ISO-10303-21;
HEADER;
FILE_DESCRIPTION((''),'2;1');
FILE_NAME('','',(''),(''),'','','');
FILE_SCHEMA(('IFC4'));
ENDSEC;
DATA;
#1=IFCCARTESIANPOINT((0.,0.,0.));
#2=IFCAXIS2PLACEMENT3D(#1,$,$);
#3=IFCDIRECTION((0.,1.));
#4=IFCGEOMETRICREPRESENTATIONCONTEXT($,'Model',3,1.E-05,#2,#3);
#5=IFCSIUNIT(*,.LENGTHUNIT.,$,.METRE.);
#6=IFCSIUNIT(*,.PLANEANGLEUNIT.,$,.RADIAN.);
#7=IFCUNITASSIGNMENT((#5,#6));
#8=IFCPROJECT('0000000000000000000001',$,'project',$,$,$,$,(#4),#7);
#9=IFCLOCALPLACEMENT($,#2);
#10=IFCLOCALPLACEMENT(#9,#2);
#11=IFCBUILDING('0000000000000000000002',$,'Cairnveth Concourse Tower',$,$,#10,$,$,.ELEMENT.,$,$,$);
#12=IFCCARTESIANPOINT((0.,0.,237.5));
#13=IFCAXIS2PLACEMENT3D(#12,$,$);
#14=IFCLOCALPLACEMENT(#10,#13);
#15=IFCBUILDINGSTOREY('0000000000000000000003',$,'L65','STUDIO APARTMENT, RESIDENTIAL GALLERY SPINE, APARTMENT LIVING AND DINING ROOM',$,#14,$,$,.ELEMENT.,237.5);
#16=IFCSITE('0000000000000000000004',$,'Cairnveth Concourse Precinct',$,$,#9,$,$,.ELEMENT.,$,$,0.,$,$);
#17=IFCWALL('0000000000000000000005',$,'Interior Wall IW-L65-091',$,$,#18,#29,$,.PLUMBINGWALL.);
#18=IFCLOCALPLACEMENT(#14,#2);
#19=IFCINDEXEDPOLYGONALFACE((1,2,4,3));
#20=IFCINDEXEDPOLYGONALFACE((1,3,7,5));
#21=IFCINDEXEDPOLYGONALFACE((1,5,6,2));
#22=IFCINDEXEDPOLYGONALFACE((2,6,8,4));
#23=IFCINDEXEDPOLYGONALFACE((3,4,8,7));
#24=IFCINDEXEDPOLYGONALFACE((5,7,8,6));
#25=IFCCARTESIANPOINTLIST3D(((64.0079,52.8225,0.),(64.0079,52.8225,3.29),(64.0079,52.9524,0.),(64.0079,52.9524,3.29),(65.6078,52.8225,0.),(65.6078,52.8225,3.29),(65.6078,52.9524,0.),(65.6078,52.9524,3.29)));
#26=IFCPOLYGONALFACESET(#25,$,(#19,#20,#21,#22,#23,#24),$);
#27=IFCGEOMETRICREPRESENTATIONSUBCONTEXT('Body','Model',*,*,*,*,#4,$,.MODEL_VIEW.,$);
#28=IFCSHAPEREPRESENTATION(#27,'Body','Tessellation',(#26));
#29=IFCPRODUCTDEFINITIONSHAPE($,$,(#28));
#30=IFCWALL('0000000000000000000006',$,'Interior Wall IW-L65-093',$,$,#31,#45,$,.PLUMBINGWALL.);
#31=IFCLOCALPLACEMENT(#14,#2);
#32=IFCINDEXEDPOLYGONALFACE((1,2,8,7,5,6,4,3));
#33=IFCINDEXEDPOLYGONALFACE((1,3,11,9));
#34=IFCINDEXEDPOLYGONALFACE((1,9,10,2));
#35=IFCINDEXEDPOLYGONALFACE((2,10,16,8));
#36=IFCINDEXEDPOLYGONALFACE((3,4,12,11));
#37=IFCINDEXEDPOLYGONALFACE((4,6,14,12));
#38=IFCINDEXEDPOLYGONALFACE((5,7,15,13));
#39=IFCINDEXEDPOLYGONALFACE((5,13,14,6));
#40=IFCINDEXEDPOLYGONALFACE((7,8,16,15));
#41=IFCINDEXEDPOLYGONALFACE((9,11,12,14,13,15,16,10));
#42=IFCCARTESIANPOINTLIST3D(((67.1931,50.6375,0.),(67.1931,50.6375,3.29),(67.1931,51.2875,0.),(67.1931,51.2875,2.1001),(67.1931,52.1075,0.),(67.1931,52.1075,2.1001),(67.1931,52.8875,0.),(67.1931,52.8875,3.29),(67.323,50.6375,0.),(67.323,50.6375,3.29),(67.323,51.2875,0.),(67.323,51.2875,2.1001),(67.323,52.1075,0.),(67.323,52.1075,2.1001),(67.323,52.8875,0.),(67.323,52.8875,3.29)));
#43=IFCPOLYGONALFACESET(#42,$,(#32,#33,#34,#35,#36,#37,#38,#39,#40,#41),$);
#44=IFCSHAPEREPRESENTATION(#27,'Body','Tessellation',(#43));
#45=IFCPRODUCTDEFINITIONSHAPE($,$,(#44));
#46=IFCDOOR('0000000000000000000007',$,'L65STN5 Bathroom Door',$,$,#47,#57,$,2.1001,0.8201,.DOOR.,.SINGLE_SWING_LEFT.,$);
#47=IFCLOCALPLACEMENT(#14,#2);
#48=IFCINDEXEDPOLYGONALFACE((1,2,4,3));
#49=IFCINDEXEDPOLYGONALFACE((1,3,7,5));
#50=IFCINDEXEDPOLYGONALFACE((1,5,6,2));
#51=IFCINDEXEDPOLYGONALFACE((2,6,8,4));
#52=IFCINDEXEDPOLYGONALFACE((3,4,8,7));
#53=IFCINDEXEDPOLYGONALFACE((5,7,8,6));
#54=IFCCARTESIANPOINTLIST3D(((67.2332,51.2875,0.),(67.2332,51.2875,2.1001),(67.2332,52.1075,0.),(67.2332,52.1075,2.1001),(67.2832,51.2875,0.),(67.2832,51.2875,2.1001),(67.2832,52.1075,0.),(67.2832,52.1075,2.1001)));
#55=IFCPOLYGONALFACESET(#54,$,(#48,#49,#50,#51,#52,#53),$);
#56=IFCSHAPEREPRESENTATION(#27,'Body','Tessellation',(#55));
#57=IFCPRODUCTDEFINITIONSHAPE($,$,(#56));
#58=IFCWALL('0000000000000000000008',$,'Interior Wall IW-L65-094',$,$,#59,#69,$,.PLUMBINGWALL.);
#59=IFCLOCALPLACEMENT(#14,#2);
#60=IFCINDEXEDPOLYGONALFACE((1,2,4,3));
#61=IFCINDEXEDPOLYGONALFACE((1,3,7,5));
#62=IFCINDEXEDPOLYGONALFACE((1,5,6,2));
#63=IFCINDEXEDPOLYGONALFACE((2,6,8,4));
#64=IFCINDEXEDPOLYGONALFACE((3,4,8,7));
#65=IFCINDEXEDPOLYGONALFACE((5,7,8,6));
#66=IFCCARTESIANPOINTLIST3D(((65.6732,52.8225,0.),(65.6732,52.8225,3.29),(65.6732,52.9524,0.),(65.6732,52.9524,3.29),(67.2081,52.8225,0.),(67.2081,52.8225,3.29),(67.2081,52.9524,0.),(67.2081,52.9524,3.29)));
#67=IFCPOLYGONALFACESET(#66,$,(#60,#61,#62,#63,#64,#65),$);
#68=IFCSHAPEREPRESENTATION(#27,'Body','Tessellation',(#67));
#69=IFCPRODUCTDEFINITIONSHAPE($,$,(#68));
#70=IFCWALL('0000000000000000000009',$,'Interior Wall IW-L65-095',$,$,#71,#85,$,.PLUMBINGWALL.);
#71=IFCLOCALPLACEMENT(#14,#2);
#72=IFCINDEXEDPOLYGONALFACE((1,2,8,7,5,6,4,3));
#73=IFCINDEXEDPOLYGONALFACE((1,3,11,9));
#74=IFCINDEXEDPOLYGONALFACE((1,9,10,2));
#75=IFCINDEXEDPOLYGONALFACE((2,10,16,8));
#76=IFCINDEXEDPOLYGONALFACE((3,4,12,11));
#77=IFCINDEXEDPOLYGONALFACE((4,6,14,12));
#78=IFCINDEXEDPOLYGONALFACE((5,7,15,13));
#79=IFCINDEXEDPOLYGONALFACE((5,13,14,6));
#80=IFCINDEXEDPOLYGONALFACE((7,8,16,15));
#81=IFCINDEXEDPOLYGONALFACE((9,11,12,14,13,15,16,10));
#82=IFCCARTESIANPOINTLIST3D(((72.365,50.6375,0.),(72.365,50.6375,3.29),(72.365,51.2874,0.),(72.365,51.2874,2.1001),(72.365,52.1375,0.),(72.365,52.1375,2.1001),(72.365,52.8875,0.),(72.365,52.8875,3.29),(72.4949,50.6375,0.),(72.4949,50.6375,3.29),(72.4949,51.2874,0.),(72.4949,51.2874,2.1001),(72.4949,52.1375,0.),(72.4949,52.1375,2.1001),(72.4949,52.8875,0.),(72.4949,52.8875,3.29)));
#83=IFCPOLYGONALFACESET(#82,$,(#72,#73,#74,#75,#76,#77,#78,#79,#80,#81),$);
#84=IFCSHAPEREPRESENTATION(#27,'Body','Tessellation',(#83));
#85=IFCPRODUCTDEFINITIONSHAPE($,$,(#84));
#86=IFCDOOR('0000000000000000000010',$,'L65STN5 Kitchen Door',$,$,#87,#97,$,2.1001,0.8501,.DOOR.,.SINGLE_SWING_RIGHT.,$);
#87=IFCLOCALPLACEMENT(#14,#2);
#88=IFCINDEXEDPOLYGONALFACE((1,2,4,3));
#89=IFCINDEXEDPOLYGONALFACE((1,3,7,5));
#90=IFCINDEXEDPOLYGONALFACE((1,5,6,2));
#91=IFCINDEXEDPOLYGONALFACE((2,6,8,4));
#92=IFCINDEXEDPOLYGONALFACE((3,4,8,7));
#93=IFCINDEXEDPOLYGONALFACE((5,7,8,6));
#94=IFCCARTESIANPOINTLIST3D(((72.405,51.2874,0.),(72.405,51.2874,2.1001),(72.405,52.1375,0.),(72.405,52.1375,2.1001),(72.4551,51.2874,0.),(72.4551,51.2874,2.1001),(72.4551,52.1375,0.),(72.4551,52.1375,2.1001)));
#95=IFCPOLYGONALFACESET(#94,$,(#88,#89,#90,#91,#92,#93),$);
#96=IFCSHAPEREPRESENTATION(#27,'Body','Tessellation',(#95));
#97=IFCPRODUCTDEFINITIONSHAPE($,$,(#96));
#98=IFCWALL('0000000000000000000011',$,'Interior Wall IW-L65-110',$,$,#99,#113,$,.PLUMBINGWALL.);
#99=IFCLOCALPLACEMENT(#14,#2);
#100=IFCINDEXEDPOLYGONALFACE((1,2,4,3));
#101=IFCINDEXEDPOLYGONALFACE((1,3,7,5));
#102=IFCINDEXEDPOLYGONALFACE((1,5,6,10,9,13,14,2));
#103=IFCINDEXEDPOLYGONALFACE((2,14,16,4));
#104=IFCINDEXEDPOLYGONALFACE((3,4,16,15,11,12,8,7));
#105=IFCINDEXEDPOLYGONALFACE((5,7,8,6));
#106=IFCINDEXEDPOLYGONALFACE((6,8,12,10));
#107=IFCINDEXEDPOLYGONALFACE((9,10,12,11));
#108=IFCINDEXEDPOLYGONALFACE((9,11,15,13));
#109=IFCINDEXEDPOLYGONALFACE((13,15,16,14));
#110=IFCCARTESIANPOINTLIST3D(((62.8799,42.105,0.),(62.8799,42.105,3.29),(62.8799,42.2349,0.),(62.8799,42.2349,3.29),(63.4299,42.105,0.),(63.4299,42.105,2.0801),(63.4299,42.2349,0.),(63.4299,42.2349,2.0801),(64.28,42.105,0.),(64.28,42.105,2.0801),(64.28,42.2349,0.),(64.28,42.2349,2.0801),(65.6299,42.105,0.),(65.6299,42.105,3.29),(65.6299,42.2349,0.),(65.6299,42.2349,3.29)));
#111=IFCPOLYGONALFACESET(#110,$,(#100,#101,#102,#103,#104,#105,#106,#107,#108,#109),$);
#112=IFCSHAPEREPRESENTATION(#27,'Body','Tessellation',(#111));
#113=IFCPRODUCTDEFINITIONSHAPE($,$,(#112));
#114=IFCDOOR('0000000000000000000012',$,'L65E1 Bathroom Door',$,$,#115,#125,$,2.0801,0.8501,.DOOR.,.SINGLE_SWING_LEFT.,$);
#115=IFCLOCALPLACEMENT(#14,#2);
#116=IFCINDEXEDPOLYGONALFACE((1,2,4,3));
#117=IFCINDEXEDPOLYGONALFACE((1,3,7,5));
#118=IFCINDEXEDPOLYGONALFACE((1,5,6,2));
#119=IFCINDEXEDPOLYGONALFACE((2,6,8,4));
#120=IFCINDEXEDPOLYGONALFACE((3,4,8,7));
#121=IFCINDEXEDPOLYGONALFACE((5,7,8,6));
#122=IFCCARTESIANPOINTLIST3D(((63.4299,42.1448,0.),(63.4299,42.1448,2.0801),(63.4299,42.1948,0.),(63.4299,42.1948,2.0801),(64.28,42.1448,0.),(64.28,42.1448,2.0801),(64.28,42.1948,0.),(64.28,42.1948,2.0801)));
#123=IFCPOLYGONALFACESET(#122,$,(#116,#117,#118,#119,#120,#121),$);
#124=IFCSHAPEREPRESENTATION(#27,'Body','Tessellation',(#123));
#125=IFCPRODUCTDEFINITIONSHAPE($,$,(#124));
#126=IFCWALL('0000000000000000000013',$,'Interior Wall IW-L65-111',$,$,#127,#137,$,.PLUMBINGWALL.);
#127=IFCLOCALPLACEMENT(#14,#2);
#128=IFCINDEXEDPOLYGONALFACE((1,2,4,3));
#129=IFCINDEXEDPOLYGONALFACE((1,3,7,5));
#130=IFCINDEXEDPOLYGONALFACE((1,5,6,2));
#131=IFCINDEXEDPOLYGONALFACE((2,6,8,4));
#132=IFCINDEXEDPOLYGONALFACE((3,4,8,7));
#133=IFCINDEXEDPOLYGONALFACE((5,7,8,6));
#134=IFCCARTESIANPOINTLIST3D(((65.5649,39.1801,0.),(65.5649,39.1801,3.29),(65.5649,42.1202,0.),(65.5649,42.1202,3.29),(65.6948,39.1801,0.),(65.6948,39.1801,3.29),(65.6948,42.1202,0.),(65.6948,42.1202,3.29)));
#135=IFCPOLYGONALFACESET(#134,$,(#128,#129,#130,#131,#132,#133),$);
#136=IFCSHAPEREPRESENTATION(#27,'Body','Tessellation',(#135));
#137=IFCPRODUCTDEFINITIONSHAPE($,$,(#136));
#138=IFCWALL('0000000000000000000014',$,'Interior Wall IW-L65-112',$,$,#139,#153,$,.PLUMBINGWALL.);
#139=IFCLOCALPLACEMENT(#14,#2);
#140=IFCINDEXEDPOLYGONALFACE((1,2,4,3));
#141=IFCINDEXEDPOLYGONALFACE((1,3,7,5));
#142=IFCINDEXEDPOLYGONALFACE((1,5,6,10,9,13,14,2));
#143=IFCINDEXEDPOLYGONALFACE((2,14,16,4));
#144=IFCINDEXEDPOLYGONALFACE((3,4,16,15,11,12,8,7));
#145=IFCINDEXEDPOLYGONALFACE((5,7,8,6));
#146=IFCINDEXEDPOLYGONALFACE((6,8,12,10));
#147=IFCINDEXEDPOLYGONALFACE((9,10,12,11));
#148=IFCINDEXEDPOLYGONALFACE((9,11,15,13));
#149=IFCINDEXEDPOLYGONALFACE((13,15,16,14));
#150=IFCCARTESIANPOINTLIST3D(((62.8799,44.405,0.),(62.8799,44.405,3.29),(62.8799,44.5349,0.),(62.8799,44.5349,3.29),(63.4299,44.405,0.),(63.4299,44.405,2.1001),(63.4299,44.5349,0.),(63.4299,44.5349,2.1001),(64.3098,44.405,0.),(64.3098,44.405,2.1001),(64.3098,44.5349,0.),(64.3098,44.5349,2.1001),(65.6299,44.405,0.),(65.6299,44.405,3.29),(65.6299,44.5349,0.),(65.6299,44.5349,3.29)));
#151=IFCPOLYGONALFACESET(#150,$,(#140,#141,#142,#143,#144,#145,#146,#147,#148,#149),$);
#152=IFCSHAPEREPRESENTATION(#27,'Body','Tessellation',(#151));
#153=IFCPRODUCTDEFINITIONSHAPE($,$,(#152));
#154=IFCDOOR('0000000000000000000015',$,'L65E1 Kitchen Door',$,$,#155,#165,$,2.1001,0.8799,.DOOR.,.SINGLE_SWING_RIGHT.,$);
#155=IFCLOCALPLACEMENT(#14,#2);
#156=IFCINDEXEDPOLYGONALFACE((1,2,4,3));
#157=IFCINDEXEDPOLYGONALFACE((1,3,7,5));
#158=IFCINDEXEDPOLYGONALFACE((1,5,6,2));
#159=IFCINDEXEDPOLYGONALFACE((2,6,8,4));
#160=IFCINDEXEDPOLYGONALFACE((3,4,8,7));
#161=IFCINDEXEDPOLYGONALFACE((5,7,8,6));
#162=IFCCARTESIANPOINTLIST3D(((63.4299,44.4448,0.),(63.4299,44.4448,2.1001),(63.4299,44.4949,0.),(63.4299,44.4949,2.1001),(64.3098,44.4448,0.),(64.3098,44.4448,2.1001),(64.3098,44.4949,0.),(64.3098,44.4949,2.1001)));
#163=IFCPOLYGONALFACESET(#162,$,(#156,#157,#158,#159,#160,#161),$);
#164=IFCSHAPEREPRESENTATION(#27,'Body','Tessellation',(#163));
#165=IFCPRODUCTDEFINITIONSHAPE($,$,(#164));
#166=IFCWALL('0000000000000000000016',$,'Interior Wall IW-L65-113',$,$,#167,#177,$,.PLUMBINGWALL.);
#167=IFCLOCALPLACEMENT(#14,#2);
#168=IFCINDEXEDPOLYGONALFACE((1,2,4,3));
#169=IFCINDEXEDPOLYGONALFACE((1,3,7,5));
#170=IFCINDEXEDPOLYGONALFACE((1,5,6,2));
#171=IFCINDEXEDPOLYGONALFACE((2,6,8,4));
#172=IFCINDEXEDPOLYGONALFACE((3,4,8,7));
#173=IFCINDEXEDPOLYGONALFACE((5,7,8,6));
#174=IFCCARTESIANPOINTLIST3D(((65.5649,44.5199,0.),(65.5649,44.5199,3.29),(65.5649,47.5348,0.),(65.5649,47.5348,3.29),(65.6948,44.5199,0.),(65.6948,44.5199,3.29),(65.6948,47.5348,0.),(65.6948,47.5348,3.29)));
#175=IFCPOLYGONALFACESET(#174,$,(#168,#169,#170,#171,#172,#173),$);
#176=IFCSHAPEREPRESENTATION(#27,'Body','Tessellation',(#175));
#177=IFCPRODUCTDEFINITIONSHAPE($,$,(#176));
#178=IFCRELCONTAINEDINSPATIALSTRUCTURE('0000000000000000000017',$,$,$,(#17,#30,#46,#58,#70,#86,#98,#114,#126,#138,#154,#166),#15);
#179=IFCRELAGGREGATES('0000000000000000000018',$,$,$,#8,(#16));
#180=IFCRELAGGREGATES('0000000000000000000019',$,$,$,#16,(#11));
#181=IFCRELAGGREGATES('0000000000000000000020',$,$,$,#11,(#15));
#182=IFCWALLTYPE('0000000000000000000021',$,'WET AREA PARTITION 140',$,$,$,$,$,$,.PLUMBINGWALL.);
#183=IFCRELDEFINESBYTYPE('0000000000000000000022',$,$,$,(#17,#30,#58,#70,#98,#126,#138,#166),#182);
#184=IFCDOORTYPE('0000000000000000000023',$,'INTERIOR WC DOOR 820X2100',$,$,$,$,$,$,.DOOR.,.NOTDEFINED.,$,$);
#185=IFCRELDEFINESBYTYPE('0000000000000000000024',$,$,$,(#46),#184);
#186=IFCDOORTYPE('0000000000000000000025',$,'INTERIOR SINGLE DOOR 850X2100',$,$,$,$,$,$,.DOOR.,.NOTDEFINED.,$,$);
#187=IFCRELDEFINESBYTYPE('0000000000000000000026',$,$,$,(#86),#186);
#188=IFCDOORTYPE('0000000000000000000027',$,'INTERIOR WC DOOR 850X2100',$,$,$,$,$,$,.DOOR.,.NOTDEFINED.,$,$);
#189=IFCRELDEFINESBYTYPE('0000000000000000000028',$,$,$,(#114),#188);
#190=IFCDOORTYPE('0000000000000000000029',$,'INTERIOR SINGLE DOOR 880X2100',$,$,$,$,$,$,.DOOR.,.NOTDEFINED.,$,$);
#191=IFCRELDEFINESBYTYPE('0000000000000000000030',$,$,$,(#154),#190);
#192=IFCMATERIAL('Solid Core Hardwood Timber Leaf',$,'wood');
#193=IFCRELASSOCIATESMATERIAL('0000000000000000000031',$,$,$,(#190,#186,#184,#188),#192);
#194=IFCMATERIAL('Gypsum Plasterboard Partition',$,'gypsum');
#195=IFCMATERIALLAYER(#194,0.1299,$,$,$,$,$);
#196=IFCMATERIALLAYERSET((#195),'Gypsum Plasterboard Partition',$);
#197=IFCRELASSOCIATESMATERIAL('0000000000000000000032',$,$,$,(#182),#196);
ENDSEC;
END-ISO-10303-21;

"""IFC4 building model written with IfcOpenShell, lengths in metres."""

from ifc_helpers import new_model, si_unit, direction, frame, frame_2d, origin, place, context, subcontext, project, spatial, rectangle, extrude, material, layer, layer_set, type_object, element, fill, save


model = new_model("IFC4")

# Units and contexts
model_context = context("Model", 3, precision=1e-05, world=origin(), true_north=direction((0.0, 1.0)))
body_context = subcontext(model_context, "Body", "Model", "MODEL_VIEW")
ifc_project = project(units=[si_unit("LENGTHUNIT", "METRE"), si_unit("PLANEANGLEUNIT", "RADIAN")], contexts=[model_context])

# Site, building, storey
site_placement = place(None, origin())
site = spatial("IfcSite", under=ifc_project, at=site_placement, Name="Cairnveth Concourse Precinct", CompositionType="ELEMENT", RefElevation=0.0)
building_placement = place(site_placement, origin())
building = spatial("IfcBuilding", under=site, at=building_placement, Name="Cairnveth Concourse Tower", CompositionType="ELEMENT")
storey_placement = place(building_placement, frame((0.0, 0.0, 237.5)))
storey = spatial("IfcBuildingStorey", under=building, at=storey_placement, Name="L65", Description="STUDIO APARTMENT, RESIDENTIAL GALLERY SPINE, APARTMENT LIVING AND DINING ROOM", CompositionType="ELEMENT", Elevation=237.5)

# Shared definitions
ifc_material_1 = material(Name="Gypsum Plasterboard Partition", Category="gypsum")

# Shared definitions
ifc_material_2 = material(Name="Solid Core Hardwood Timber Leaf", Category="wood")
door_type_1 = type_object("IfcDoorType", Name="INTERIOR SINGLE DOOR 880X2100", OperationType="NOTDEFINED", PredefinedType="DOOR", material=ifc_material_2)
ifc_layer_1 = layer(ifc_material_1, 0.1299)
ifc_layer_set_1 = layer_set([ifc_layer_1], Name="Gypsum Plasterboard Partition")
wall_type_1 = type_object("IfcWallType", Name="WET AREA PARTITION 140", PredefinedType="PLUMBINGWALL", material=ifc_layer_set_1)
door_type_2 = type_object("IfcDoorType", Name="INTERIOR SINGLE DOOR 850X2100", OperationType="NOTDEFINED", PredefinedType="DOOR", material=ifc_material_2)

# Wall
wall_1_placement = place(storey_placement, frame((64.0081, 52.8875, 0.0), z_axis=(0.0, 0.0, 1.0), x_axis=(1.0, 0.0, 0.0)))
element("IfcWall", 1, at=wall_1_placement, inside=storey, type_object=wall_type_1, Name="Interior Wall IW-L65-091", PredefinedType="PLUMBINGWALL", context=body_context, shape_type="SweptSolid", body=[
    extrude(rectangle(XDim=1.5999, YDim=0.1299, at=frame_2d((0.7998, 0.0))), origin(), (0.0, 0.0, 1.0), 3.29),
])

# Wall, opening, door
wall_2_placement = place(storey_placement, frame((67.2581, 50.6375, 0.0), z_axis=(0.0, 0.0, 1.0), x_axis=(0.0, 1.0, 0.0)))
wall_2 = element("IfcWall", 2, at=wall_2_placement, inside=storey, type_object=wall_type_1, Name="Interior Wall IW-L65-093", PredefinedType="PLUMBINGWALL", context=body_context, shape_type="SweptSolid", body=[
    extrude(rectangle(XDim=2.25, YDim=0.1299, at=frame_2d((1.125, 0.0))), origin(), (0.0, 0.0, 1.0), 3.29),
])
opening_1_placement = place(wall_2_placement, frame((0.6499, 0.0, 0.0)))
opening_1 = element("IfcOpeningElement", 3, at=opening_1_placement, cuts=wall_2, PredefinedType="OPENING", context=body_context, shape_type="SweptSolid", body=[
    extrude(rectangle(XDim=0.8201, YDim=2.1001, at=frame_2d((0.4102, 1.05))), frame((0.0, 0.075, 0.0), z_axis=(0.0, -1.0, 0.0), x_axis=(1.0, 0.0, 0.0)), (0.0, 0.0, 1.0), 0.1499),
])
door_type_3 = type_object("IfcDoorType", Name="INTERIOR WC DOOR 820X2100", OperationType="NOTDEFINED", PredefinedType="DOOR", material=ifc_material_2)
door_1_placement = place(opening_1_placement, origin())
door_1 = element("IfcDoor", 4, at=door_1_placement, inside=storey, type_object=door_type_3, Name="L65STN5 Bathroom Door", OperationType="SINGLE_SWING_LEFT", OverallHeight=2.1001, OverallWidth=0.8201, PredefinedType="DOOR", context=body_context, shape_type="SweptSolid", body=[
    extrude(rectangle(XDim=0.8201, YDim=2.1001, at=frame_2d((0.4102, 1.05))), frame((0.0, 0.0249, 0.0), z_axis=(0.0, -1.0, 0.0), x_axis=(1.0, 0.0, 0.0)), (0.0, 0.0, 1.0), 0.05),
])
fill(opening_1, door_1)

# Wall
wall_3_placement = place(storey_placement, frame((65.6731, 52.8875, 0.0), z_axis=(0.0, 0.0, 1.0), x_axis=(1.0, 0.0, 0.0)))
element("IfcWall", 5, at=wall_3_placement, inside=storey, type_object=wall_type_1, Name="Interior Wall IW-L65-094", PredefinedType="PLUMBINGWALL", context=body_context, shape_type="SweptSolid", body=[
    extrude(rectangle(XDim=1.5349, YDim=0.1299, at=frame_2d((0.7676, 0.0))), origin(), (0.0, 0.0, 1.0), 3.29),
])

# Walls, openings, doors
wall_4_placement = place(storey_placement, frame((72.4299, 50.6375, 0.0), z_axis=(0.0, 0.0, 1.0), x_axis=(0.0, 1.0, 0.0)))
wall_4 = element("IfcWall", 6, at=wall_4_placement, inside=storey, type_object=wall_type_1, Name="Interior Wall IW-L65-095", PredefinedType="PLUMBINGWALL", context=body_context, shape_type="SweptSolid", body=[
    extrude(rectangle(XDim=2.25, YDim=0.1299, at=frame_2d((1.125, 0.0))), origin(), (0.0, 0.0, 1.0), 3.29),
])
opening_2_placement = place(wall_4_placement, frame((0.6499, 0.0, 0.0)))
opening_2 = element("IfcOpeningElement", 7, at=opening_2_placement, cuts=wall_4, PredefinedType="OPENING", context=body_context, shape_type="SweptSolid", body=[
    extrude(rectangle(XDim=0.8501, YDim=2.1001, at=frame_2d((0.425, 1.05))), frame((0.0, 0.075, 0.0), z_axis=(0.0, -1.0, 0.0), x_axis=(1.0, 0.0, 0.0)), (0.0, 0.0, 1.0), 0.1499),
])
door_2_placement = place(opening_2_placement, origin())
door_2 = element("IfcDoor", 8, at=door_2_placement, inside=storey, type_object=door_type_2, Name="L65STN5 Kitchen Door", OperationType="SINGLE_SWING_RIGHT", OverallHeight=2.1001, OverallWidth=0.8501, PredefinedType="DOOR", context=body_context, shape_type="SweptSolid", body=[
    extrude(rectangle(XDim=0.8501, YDim=2.1001, at=frame_2d((0.425, 1.05))), frame((0.0, 0.0249, 0.0), z_axis=(0.0, -1.0, 0.0), x_axis=(1.0, 0.0, 0.0)), (0.0, 0.0, 1.0), 0.05),
])
fill(opening_2, door_2)
wall_5_placement = place(storey_placement, frame((62.8799, 42.1699, 0.0), z_axis=(0.0, 0.0, 1.0), x_axis=(1.0, 0.0, 0.0)))
wall_5 = element("IfcWall", 9, at=wall_5_placement, inside=storey, type_object=wall_type_1, Name="Interior Wall IW-L65-110", PredefinedType="PLUMBINGWALL", context=body_context, shape_type="SweptSolid", body=[
    extrude(rectangle(XDim=2.75, YDim=0.1299, at=frame_2d((1.375, 0.0))), origin(), (0.0, 0.0, 1.0), 3.29),
])
opening_3_placement = place(wall_5_placement, frame((0.55, 0.0, 0.0)))
opening_3 = element("IfcOpeningElement", 10, at=opening_3_placement, cuts=wall_5, PredefinedType="OPENING", context=body_context, shape_type="SweptSolid", body=[
    extrude(rectangle(XDim=0.8501, YDim=2.0801, at=frame_2d((0.425, 1.04))), frame((0.0, 0.075, 0.0), z_axis=(0.0, -1.0, 0.0), x_axis=(1.0, 0.0, 0.0)), (0.0, 0.0, 1.0), 0.1499),
])
door_type_4 = type_object("IfcDoorType", Name="INTERIOR WC DOOR 850X2100", OperationType="NOTDEFINED", PredefinedType="DOOR", material=ifc_material_2)
door_3_placement = place(opening_3_placement, origin())
door_3 = element("IfcDoor", 11, at=door_3_placement, inside=storey, type_object=door_type_4, Name="L65E1 Bathroom Door", OperationType="SINGLE_SWING_LEFT", OverallHeight=2.0801, OverallWidth=0.8501, PredefinedType="DOOR", context=body_context, shape_type="SweptSolid", body=[
    extrude(rectangle(XDim=0.8501, YDim=2.0801, at=frame_2d((0.425, 1.04))), frame((0.0, 0.0249, 0.0), z_axis=(0.0, -1.0, 0.0), x_axis=(1.0, 0.0, 0.0)), (0.0, 0.0, 1.0), 0.05),
])
fill(opening_3, door_3)

# Wall
wall_6_placement = place(storey_placement, frame((65.6299, 39.1799, 0.0), z_axis=(0.0, 0.0, 1.0), x_axis=(0.0, 1.0, 0.0)))
element("IfcWall", 12, at=wall_6_placement, inside=storey, type_object=wall_type_1, Name="Interior Wall IW-L65-111", PredefinedType="PLUMBINGWALL", context=body_context, shape_type="SweptSolid", body=[
    extrude(rectangle(XDim=2.9402, YDim=0.1299, at=frame_2d((1.4702, 0.0))), origin(), (0.0, 0.0, 1.0), 3.29),
])

# Wall, opening, door
wall_7_placement = place(storey_placement, frame((62.8799, 44.47, 0.0), z_axis=(0.0, 0.0, 1.0), x_axis=(1.0, 0.0, 0.0)))
wall_7 = element("IfcWall", 13, at=wall_7_placement, inside=storey, type_object=wall_type_1, Name="Interior Wall IW-L65-112", PredefinedType="PLUMBINGWALL", context=body_context, shape_type="SweptSolid", body=[
    extrude(rectangle(XDim=2.75, YDim=0.1299, at=frame_2d((1.375, 0.0))), origin(), (0.0, 0.0, 1.0), 3.29),
])
opening_4_placement = place(wall_7_placement, frame((0.55, 0.0, 0.0)))
opening_4 = element("IfcOpeningElement", 14, at=opening_4_placement, cuts=wall_7, PredefinedType="OPENING", context=body_context, shape_type="SweptSolid", body=[
    extrude(rectangle(XDim=0.8799, YDim=2.1001, at=frame_2d((0.4399, 1.05))), frame((0.0, 0.075, 0.0), z_axis=(0.0, -1.0, 0.0), x_axis=(1.0, 0.0, 0.0)), (0.0, 0.0, 1.0), 0.1499),
])
door_4_placement = place(opening_4_placement, origin())
door_4 = element("IfcDoor", 15, at=door_4_placement, inside=storey, type_object=door_type_1, Name="L65E1 Kitchen Door", OperationType="SINGLE_SWING_RIGHT", OverallHeight=2.1001, OverallWidth=0.8799, PredefinedType="DOOR", context=body_context, shape_type="SweptSolid", body=[
    extrude(rectangle(XDim=0.8799, YDim=2.1001, at=frame_2d((0.4399, 1.05))), frame((0.0, 0.0249, 0.0), z_axis=(0.0, -1.0, 0.0), x_axis=(1.0, 0.0, 0.0)), (0.0, 0.0, 1.0), 0.05),
])
fill(opening_4, door_4)

# Wall
wall_8_placement = place(storey_placement, frame((65.6299, 44.52, 0.0), z_axis=(0.0, 0.0, 1.0), x_axis=(0.0, 1.0, 0.0)))
element("IfcWall", 16, at=wall_8_placement, inside=storey, type_object=wall_type_1, Name="Interior Wall IW-L65-113", PredefinedType="PLUMBINGWALL", context=body_context, shape_type="SweptSolid", body=[
    extrude(rectangle(XDim=3.0149, YDim=0.1299, at=frame_2d((1.5073, 0.0))), origin(), (0.0, 0.0, 1.0), 3.29),
])

save(model, "model.ifc")
